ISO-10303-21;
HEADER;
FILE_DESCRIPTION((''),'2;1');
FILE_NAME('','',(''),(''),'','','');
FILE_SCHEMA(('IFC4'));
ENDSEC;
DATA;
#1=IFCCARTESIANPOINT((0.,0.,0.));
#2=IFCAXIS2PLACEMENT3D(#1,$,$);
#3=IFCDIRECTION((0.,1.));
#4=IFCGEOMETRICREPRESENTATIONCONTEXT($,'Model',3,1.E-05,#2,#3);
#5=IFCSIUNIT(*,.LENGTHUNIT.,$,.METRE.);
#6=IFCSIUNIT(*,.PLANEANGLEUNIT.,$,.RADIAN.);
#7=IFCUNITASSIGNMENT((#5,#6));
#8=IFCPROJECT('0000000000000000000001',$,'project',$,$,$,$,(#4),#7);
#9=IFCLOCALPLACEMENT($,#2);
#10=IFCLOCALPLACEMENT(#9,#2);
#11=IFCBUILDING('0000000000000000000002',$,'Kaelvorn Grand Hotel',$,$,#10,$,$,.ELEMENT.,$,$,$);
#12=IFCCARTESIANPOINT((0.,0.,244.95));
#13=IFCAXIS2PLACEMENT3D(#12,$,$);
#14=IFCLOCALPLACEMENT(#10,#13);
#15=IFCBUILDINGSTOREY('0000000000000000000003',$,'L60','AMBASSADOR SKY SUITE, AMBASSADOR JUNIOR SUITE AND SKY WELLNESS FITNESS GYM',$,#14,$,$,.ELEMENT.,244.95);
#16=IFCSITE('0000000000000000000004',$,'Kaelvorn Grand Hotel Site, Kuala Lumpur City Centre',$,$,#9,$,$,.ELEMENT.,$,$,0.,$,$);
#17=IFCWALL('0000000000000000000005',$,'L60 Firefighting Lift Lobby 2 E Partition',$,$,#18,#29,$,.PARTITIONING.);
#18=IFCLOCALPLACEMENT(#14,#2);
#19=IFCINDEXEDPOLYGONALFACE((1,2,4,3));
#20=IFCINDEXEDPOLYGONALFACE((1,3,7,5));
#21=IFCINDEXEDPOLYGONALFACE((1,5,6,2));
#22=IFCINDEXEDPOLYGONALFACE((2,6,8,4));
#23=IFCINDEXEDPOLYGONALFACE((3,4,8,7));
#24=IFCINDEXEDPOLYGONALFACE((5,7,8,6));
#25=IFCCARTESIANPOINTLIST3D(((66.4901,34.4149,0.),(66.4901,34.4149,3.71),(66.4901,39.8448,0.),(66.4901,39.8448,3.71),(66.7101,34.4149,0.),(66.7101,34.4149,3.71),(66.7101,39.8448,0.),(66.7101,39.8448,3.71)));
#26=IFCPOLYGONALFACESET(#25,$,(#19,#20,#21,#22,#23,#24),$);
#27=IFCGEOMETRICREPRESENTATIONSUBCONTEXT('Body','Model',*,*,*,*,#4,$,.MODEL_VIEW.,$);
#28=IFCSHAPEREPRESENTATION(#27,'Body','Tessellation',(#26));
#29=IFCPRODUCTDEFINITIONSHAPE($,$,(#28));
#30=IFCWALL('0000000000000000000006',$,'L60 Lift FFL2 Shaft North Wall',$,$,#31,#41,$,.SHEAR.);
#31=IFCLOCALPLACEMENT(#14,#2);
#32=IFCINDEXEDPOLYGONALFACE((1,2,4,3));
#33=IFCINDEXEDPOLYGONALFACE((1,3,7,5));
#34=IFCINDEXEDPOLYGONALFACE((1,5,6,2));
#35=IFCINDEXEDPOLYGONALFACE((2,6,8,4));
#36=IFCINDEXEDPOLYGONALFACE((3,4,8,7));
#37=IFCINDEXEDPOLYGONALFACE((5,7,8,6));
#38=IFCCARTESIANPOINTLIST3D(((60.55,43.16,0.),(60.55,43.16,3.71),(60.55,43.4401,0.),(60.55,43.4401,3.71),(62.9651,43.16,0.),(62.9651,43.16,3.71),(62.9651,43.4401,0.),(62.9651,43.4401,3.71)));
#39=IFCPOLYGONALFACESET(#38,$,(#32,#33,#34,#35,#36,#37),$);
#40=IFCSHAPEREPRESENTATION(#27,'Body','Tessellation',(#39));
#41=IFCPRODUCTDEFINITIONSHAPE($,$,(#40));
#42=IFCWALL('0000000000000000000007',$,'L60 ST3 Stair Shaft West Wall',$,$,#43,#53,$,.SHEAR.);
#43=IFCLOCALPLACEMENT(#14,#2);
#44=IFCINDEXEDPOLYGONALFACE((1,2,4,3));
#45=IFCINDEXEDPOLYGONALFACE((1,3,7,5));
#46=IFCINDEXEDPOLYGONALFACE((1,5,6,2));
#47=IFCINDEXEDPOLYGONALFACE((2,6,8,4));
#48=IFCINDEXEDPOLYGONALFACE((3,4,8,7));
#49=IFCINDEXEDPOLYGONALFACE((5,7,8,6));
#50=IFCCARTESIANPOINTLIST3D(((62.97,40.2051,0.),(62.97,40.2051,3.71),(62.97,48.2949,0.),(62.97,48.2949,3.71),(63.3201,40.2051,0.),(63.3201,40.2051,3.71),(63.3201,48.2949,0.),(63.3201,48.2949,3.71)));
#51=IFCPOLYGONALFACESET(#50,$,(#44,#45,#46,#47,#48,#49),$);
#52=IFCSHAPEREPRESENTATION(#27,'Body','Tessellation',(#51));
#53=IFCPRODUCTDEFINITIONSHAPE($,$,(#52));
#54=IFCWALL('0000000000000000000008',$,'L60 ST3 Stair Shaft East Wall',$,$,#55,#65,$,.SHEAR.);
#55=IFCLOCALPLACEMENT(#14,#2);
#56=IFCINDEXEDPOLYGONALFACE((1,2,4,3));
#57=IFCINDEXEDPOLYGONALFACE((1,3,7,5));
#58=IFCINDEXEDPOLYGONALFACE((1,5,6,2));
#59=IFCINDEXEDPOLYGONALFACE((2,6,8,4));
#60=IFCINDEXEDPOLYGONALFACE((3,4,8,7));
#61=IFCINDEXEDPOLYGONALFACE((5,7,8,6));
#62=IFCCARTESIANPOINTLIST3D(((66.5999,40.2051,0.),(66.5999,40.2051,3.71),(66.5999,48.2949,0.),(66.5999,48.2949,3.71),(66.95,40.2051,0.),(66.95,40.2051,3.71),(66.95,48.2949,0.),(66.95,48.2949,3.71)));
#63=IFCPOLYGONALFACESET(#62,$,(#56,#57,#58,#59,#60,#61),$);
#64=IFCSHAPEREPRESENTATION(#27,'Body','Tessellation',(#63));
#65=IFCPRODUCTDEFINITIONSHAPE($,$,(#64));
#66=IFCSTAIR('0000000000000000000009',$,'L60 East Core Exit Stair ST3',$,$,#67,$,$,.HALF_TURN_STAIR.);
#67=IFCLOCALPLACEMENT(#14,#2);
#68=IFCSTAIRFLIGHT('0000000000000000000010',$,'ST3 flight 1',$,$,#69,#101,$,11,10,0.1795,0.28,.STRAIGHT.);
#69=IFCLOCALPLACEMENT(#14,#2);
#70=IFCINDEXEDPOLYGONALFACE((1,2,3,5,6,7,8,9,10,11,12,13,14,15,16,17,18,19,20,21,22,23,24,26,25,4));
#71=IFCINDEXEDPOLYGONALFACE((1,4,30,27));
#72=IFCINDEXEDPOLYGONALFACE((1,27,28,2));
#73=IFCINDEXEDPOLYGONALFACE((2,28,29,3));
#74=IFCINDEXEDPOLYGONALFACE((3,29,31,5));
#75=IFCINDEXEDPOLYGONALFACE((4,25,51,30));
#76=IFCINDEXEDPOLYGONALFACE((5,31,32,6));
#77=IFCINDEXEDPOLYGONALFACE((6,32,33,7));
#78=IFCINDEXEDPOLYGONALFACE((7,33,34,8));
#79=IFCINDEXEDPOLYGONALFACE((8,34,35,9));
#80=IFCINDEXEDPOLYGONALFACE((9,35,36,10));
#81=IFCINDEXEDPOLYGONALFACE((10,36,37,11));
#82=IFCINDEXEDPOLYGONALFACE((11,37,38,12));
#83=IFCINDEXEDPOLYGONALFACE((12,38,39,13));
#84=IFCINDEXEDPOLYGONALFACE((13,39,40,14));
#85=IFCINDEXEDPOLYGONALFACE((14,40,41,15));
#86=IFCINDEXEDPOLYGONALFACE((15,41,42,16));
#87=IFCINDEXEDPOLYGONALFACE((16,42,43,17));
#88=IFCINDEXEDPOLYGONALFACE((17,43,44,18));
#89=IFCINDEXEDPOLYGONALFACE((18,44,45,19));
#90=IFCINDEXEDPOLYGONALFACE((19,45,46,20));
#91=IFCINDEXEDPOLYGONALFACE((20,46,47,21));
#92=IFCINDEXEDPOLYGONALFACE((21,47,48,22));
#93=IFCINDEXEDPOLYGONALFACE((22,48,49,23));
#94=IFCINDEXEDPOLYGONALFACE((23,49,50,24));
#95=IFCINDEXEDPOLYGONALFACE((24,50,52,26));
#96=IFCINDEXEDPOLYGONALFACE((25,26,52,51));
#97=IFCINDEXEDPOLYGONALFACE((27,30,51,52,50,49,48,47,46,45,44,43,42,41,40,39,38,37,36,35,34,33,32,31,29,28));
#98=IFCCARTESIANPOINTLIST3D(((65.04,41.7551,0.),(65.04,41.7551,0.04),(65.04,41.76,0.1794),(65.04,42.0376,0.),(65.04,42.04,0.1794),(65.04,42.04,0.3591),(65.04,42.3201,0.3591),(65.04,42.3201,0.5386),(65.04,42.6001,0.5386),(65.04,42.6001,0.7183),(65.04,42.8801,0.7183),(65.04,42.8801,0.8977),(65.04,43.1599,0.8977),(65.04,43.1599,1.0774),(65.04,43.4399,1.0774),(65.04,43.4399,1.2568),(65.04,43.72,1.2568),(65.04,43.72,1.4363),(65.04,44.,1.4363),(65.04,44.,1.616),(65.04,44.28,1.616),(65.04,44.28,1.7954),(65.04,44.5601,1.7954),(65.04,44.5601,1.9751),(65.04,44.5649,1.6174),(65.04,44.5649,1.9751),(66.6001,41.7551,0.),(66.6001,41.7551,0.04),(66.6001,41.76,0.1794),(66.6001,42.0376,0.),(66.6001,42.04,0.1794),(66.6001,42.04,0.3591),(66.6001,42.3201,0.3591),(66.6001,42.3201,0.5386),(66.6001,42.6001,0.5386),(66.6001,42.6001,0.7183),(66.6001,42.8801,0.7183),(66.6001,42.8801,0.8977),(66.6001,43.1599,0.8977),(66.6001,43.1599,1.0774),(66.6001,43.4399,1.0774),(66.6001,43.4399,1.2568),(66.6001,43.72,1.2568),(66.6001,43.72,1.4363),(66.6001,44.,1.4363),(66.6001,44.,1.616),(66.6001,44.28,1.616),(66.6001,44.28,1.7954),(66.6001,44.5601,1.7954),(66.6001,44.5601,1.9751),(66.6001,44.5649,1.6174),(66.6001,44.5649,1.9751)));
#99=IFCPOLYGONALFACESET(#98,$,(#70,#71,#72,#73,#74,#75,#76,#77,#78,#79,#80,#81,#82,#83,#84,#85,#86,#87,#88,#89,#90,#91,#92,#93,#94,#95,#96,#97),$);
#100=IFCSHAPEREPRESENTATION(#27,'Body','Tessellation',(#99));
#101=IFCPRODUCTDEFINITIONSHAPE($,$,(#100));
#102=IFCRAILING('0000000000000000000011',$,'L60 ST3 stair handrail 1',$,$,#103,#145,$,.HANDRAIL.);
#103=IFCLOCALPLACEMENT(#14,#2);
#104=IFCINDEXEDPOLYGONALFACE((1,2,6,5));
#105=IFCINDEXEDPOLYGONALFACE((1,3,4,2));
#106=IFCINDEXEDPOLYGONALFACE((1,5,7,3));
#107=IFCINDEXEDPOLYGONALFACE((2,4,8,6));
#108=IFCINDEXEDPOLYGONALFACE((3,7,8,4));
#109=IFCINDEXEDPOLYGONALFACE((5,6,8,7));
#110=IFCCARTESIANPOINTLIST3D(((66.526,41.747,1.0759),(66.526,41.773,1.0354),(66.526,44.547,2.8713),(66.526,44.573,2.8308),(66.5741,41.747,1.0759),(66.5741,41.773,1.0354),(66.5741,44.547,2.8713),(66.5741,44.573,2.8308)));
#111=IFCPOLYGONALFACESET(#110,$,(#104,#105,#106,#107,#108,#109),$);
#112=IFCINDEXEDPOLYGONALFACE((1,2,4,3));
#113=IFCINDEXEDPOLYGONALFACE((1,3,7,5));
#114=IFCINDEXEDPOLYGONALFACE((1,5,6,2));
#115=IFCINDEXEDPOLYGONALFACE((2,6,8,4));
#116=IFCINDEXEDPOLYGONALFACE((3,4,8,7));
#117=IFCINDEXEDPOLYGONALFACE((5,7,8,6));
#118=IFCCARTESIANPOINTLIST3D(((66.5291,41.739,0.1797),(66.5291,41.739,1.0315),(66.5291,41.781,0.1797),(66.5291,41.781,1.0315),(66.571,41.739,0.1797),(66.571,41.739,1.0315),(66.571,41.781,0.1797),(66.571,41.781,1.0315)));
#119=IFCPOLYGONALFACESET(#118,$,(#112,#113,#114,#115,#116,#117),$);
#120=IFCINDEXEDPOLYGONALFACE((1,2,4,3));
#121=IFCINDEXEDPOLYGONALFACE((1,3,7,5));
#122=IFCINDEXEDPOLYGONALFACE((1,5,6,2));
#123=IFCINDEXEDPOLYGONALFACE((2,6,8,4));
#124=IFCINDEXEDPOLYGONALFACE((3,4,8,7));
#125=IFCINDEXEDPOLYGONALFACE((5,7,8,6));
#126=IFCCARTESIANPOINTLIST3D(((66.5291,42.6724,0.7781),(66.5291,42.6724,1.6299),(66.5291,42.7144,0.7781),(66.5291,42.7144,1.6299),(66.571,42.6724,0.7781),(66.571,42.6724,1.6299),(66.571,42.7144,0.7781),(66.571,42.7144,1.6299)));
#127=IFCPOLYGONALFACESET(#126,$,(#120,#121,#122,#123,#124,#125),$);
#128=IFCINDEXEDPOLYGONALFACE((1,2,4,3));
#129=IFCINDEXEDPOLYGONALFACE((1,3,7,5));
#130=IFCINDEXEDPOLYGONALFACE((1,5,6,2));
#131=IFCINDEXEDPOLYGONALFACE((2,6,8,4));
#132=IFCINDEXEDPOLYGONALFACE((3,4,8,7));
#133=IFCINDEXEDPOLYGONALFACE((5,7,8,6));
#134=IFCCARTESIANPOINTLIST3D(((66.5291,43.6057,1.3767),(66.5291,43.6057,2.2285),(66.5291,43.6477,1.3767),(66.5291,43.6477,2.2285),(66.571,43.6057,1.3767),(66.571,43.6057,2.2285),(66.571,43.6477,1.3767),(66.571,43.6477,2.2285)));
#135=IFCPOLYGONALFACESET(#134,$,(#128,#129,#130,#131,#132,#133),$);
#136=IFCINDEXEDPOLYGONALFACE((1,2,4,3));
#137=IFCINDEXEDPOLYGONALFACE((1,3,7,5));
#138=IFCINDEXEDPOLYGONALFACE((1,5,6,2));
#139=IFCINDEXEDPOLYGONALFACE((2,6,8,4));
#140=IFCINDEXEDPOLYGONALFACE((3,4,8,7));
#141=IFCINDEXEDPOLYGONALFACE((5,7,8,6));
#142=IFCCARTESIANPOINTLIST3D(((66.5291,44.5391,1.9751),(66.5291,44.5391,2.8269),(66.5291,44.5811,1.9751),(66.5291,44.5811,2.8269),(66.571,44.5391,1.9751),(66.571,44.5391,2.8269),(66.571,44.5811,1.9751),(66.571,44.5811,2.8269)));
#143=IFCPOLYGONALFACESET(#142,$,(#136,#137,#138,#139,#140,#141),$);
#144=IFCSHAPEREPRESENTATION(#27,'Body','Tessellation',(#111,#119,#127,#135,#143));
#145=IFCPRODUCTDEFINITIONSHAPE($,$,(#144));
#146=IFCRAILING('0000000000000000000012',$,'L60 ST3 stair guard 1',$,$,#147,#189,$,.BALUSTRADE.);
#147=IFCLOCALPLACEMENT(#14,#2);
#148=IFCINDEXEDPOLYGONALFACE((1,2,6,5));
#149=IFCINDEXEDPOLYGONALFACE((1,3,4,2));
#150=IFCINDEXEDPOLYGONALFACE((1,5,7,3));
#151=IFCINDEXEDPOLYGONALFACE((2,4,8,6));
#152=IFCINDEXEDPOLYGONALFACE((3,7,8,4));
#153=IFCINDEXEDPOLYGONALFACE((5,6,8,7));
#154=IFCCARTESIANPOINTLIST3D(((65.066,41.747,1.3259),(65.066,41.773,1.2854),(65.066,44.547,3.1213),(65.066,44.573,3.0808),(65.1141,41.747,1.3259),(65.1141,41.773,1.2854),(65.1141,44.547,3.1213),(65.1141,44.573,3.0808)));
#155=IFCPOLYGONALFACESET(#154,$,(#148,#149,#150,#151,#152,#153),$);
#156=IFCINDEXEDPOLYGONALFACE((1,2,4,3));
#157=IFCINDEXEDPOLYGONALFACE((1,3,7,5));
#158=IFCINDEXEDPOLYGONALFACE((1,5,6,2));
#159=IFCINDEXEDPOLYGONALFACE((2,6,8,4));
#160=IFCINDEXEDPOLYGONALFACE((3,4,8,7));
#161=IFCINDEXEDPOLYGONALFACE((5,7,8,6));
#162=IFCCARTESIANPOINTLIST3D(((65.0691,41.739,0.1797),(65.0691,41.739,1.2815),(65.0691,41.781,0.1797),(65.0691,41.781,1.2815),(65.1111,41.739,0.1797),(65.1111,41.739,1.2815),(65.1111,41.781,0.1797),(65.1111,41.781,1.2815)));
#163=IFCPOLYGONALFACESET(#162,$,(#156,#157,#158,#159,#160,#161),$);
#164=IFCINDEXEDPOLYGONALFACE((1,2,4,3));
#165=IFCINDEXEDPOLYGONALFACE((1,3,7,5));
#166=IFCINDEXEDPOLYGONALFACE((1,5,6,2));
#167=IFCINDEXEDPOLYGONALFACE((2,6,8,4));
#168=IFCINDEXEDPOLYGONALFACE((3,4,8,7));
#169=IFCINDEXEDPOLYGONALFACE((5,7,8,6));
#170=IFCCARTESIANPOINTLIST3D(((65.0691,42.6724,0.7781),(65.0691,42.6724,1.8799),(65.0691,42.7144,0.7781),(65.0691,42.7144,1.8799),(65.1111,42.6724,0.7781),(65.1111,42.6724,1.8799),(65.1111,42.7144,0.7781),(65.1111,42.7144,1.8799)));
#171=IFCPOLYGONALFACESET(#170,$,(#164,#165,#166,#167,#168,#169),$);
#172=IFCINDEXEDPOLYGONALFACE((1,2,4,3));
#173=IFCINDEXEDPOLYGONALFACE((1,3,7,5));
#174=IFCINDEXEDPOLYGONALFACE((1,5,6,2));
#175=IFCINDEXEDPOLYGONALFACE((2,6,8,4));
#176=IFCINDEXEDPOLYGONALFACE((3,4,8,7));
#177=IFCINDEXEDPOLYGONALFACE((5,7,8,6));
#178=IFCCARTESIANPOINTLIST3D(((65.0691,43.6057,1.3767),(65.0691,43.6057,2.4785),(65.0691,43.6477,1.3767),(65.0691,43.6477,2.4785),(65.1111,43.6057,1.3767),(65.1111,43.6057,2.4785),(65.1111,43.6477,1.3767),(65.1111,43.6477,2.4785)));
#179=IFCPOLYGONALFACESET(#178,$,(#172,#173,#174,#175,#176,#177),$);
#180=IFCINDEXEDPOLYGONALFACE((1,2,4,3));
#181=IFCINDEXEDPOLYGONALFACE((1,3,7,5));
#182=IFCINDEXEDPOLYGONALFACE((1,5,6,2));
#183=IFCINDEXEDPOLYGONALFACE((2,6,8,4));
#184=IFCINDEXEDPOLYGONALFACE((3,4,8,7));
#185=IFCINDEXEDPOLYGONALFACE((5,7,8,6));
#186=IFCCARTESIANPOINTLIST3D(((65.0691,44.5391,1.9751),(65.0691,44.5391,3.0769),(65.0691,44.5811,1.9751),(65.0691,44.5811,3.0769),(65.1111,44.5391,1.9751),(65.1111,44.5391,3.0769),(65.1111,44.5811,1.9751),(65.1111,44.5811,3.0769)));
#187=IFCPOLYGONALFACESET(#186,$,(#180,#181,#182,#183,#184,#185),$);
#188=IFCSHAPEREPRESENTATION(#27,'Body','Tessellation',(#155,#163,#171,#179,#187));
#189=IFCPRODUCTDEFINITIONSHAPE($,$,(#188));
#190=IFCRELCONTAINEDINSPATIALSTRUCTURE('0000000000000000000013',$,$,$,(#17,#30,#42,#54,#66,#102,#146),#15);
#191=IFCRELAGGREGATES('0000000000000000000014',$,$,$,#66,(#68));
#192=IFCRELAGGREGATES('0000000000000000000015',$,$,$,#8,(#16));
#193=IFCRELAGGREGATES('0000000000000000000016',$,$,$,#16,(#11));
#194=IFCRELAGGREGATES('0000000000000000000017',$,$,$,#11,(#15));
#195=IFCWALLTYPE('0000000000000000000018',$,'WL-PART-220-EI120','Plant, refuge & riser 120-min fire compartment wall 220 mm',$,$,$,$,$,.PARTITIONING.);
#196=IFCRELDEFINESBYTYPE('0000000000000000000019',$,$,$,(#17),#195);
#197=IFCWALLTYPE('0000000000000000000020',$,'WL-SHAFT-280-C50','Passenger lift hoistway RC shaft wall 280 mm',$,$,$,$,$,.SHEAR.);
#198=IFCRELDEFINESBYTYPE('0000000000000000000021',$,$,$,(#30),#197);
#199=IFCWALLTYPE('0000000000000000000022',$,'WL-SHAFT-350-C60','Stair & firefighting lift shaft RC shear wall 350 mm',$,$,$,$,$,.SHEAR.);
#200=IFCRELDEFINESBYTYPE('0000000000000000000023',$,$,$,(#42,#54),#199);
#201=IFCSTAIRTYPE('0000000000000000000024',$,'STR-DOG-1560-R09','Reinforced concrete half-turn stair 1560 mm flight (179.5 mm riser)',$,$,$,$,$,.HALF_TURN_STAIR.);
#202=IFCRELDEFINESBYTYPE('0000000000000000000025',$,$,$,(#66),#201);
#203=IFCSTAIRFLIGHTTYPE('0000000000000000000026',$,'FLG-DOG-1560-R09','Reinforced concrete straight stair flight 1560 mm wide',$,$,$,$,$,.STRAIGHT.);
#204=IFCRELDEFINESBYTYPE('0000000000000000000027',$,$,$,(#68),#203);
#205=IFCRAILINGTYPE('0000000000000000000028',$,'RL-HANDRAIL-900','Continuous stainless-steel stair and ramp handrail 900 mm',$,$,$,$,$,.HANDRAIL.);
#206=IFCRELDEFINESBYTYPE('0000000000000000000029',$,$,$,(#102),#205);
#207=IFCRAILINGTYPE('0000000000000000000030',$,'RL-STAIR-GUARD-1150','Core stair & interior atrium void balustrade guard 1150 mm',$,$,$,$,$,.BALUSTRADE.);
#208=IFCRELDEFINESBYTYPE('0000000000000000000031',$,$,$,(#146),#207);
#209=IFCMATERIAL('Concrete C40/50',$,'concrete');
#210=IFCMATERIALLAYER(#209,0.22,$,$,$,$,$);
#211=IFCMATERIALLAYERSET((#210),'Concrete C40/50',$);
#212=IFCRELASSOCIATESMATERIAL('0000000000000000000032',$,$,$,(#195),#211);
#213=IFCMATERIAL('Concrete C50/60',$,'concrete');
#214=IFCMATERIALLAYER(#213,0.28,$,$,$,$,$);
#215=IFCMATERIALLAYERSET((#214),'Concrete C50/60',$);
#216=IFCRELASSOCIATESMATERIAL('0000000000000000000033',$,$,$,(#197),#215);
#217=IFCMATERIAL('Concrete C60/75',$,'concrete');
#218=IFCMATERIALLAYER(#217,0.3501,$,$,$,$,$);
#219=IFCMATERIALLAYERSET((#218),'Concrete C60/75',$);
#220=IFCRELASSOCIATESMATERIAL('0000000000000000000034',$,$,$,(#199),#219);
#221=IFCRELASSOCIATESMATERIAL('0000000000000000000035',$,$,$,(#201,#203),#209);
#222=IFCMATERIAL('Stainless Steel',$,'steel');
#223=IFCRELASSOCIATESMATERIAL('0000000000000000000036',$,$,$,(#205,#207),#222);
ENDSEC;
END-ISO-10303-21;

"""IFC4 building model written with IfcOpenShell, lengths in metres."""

from ifc_helpers import new_model, si_unit, direction, frame, frame_2d, origin, origin_2d, place, context, subcontext, project, spatial, polyline, rectangle, outline, extrude, material, layer, layer_set, type_object, element, aggregate, save


model = new_model("IFC4")

# Units and contexts
model_context = context("Model", 3, precision=1e-05, world=origin(), true_north=direction((0.0, 1.0)))
body_context = subcontext(model_context, "Body", "Model", "MODEL_VIEW")
ifc_project = project(units=[si_unit("LENGTHUNIT", "METRE"), si_unit("PLANEANGLEUNIT", "RADIAN")], contexts=[model_context])

# Site, building, storey
site_placement = place(None, origin())
site = spatial("IfcSite", under=ifc_project, at=site_placement, Name="Kaelvorn Grand Hotel Site, Kuala Lumpur City Centre", CompositionType="ELEMENT", RefElevation=0.0)
building_placement = place(site_placement, origin())
building = spatial("IfcBuilding", under=site, at=building_placement, Name="Kaelvorn Grand Hotel", CompositionType="ELEMENT")
storey_placement = place(building_placement, frame((0.0, 0.0, 244.95)))
storey = spatial("IfcBuildingStorey", under=building, at=storey_placement, Name="L60", Description="AMBASSADOR SKY SUITE, AMBASSADOR JUNIOR SUITE AND SKY WELLNESS FITNESS GYM", CompositionType="ELEMENT", Elevation=244.95)

# Shared definitions
ifc_material_1 = material(Name="Concrete C50/60", Category="concrete")

# Walls
ifc_material_2 = material(Name="Concrete C40/50", Category="concrete")
ifc_layer_1 = layer(ifc_material_2, 0.22)
ifc_layer_set_1 = layer_set([ifc_layer_1], Name="Concrete C40/50")
wall_type_1 = type_object("IfcWallType", Name="WL-PART-220-EI120", Description="Plant, refuge & riser 120-min fire compartment wall 220 mm", PredefinedType="PARTITIONING", material=ifc_layer_set_1)
wall_1_placement = place(storey_placement, frame((66.6001, 34.415, 0.0), z_axis=(0.0, 0.0, 1.0), x_axis=(0.0, 1.0, 0.0)))
element("IfcWall", 1, at=wall_1_placement, inside=storey, type_object=wall_type_1, Name="L60 Firefighting Lift Lobby 2 E Partition", PredefinedType="PARTITIONING", context=body_context, shape_type="SweptSolid", body=[
    extrude(rectangle(XDim=5.4299, YDim=0.22, at=frame_2d((2.7148, 0.0))), origin(), (0.0, 0.0, 1.0), 3.71),
])
ifc_layer_2 = layer(ifc_material_1, 0.28)
ifc_layer_set_2 = layer_set([ifc_layer_2], Name="Concrete C50/60")
wall_type_2 = type_object("IfcWallType", Name="WL-SHAFT-280-C50", Description="Passenger lift hoistway RC shaft wall 280 mm", PredefinedType="SHEAR", material=ifc_layer_set_2)
wall_2_placement = place(storey_placement, frame((60.55, 43.3, 0.0), z_axis=(0.0, 0.0, 1.0), x_axis=(1.0, 0.0, 0.0)))
element("IfcWall", 2, at=wall_2_placement, inside=storey, type_object=wall_type_2, Name="L60 Lift FFL2 Shaft North Wall", PredefinedType="SHEAR", context=body_context, shape_type="SweptSolid", body=[
    extrude(rectangle(XDim=2.415, YDim=0.28, at=frame_2d((1.2075, 0.0))), origin(), (0.0, 0.0, 1.0), 3.71),
])

# Shared definitions
ifc_material_3 = material(Name="Concrete C60/75", Category="concrete")
ifc_layer_3 = layer(ifc_material_3, 0.3501)
ifc_layer_set_3 = layer_set([ifc_layer_3], Name="Concrete C60/75")
wall_type_3 = type_object("IfcWallType", Name="WL-SHAFT-350-C60", Description="Stair & firefighting lift shaft RC shear wall 350 mm", PredefinedType="SHEAR", material=ifc_layer_set_3)

# Walls
for number, where, z_axis, x_axis, name in (
    (3, (63.145, 40.2051, 0.0), (0.0, 0.0, 1.0), (0.0, 1.0, 0.0), "L60 ST3 Stair Shaft West Wall"),
    (4, (66.7749, 40.2051, 0.0), (0.0, 0.0, 1.0), (0.0, 1.0, 0.0), "L60 ST3 Stair Shaft East Wall"),
):
    element("IfcWall", number, at=place(storey_placement, frame(where, z_axis=z_axis, x_axis=x_axis)), inside=storey, type_object=wall_type_3, Name=name, PredefinedType="SHEAR", context=body_context, shape_type="SweptSolid", body=[
        extrude(rectangle(XDim=8.0898, YDim=0.3501, at=frame_2d((4.0449, 0.0))), origin(), (0.0, 0.0, 1.0), 3.71),
    ])

# Stair, stair flight
stair_type = type_object("IfcStairType", Name="STR-DOG-1560-R09", Description="Reinforced concrete half-turn stair 1560 mm flight (179.5 mm riser)", PredefinedType="HALF_TURN_STAIR", material=ifc_material_2)
stair_placement = place(storey_placement, origin())
stair = element("IfcStair", 5, at=stair_placement, inside=storey, type_object=stair_type, Name="L60 East Core Exit Stair ST3", PredefinedType="HALF_TURN_STAIR")
stair_flight_type = type_object("IfcStairFlightType", Name="FLG-DOG-1560-R09", Description="Reinforced concrete straight stair flight 1560 mm wide", PredefinedType="STRAIGHT", material=ifc_material_2)
stair_flight_placement = place(storey_placement, frame((65.8201, 41.76, 0.0), z_axis=(0.0, 0.0, 1.0), x_axis=(0.0, 1.0, 0.0)))
stair_flight = element("IfcStairFlight", 6, at=stair_flight_placement, type_object=stair_flight_type, Name="ST3 flight 1", NumberOfRisers=11, NumberOfTreads=10, PredefinedType="STRAIGHT", RiserHeight=0.1795, TreadLength=0.28, context=body_context, shape_type="SweptSolid", body=[
    extrude(outline(polyline([(-0.0049, 0.0), (-0.0049, 0.04), (0.0, 0.1794), (0.28, 0.1794), (0.28, 0.3591), (0.5601, 0.3591), (0.5601, 0.5386), (0.8401, 0.5386), (0.8401, 0.7183), (1.1201, 0.7183), (1.1201, 0.8977), (1.3999, 0.8977), (1.3999, 1.0774), (1.6799, 1.0774), (1.6799, 1.2568), (1.96, 1.2568), (1.96, 1.4363), (2.24, 1.4363), (2.24, 1.616), (2.52, 1.616), (2.52, 1.7954), (2.8, 1.7954), (2.8, 1.9751), (2.8049, 1.9751), (2.8049, 1.6174), (0.2776, 0.0), (-0.0049, 0.0)])), frame((0.0, 0.78, 0.0), z_axis=(0.0, -1.0, 0.0), x_axis=(1.0, 0.0, 0.0)), (0.0, 0.0, 1.0), 1.5601),
])
aggregate(stair, [stair_flight])

# Railings
ifc_material_4 = material(Name="Stainless Steel", Category="steel")
railing_type_1 = type_object("IfcRailingType", Name="RL-HANDRAIL-900", Description="Continuous stainless-steel stair and ramp handrail 900 mm", PredefinedType="HANDRAIL", material=ifc_material_4)
railing_1_placement = place(storey_placement, frame((66.55, 41.76, 0.1797)))
element("IfcRailing", 7, at=railing_1_placement, inside=storey, type_object=railing_type_1, Name="L60 ST3 stair handrail 1", PredefinedType="HANDRAIL", context=body_context, shape_type="SweptSolid", body=[
    extrude(rectangle(XDim=0.0481, YDim=0.0481, at=origin_2d()), frame((0.0, 0.0, 0.876), z_axis=(0.0, 0.84181, 0.539774), x_axis=(-1.0, 0.0, 0.0)), (0.0, 0.0, 1.0), 3.3262),
    extrude(rectangle(XDim=0.042, YDim=0.042, at=origin_2d()), origin(), (0.0, 0.0, 1.0), 0.8518),
    extrude(rectangle(XDim=0.042, YDim=0.042, at=origin_2d()), frame((0.0, 0.9333, 0.5984)), (0.0, 0.0, 1.0), 0.8518),
    extrude(rectangle(XDim=0.042, YDim=0.042, at=origin_2d()), frame((0.0, 1.8667, 1.197)), (0.0, 0.0, 1.0), 0.8518),
    extrude(rectangle(XDim=0.042, YDim=0.042, at=origin_2d()), frame((0.0, 2.8, 1.7954)), (0.0, 0.0, 1.0), 0.8518),
])
railing_type_2 = type_object("IfcRailingType", Name="RL-STAIR-GUARD-1150", Description="Core stair & interior atrium void balustrade guard 1150 mm", PredefinedType="BALUSTRADE", material=ifc_material_4)
railing_2_placement = place(storey_placement, frame((65.0901, 41.76, 0.1797)))
element("IfcRailing", 8, at=railing_2_placement, inside=storey, type_object=railing_type_2, Name="L60 ST3 stair guard 1", PredefinedType="BALUSTRADE", context=body_context, shape_type="SweptSolid", body=[
    extrude(rectangle(XDim=0.0481, YDim=0.0481, at=origin_2d()), frame((0.0, 0.0, 1.126), z_axis=(0.0, 0.84181, 0.539774), x_axis=(-1.0, 0.0, 0.0)), (0.0, 0.0, 1.0), 3.3262),
    extrude(rectangle(XDim=0.042, YDim=0.042, at=origin_2d()), origin(), (0.0, 0.0, 1.0), 1.1018),
    extrude(rectangle(XDim=0.042, YDim=0.042, at=origin_2d()), frame((0.0, 0.9333, 0.5984)), (0.0, 0.0, 1.0), 1.1018),
    extrude(rectangle(XDim=0.042, YDim=0.042, at=origin_2d()), frame((0.0, 1.8667, 1.197)), (0.0, 0.0, 1.0), 1.1018),
    extrude(rectangle(XDim=0.042, YDim=0.042, at=origin_2d()), frame((0.0, 2.8, 1.7954)), (0.0, 0.0, 1.0), 1.1018),
])

save(model, "model.ifc")
